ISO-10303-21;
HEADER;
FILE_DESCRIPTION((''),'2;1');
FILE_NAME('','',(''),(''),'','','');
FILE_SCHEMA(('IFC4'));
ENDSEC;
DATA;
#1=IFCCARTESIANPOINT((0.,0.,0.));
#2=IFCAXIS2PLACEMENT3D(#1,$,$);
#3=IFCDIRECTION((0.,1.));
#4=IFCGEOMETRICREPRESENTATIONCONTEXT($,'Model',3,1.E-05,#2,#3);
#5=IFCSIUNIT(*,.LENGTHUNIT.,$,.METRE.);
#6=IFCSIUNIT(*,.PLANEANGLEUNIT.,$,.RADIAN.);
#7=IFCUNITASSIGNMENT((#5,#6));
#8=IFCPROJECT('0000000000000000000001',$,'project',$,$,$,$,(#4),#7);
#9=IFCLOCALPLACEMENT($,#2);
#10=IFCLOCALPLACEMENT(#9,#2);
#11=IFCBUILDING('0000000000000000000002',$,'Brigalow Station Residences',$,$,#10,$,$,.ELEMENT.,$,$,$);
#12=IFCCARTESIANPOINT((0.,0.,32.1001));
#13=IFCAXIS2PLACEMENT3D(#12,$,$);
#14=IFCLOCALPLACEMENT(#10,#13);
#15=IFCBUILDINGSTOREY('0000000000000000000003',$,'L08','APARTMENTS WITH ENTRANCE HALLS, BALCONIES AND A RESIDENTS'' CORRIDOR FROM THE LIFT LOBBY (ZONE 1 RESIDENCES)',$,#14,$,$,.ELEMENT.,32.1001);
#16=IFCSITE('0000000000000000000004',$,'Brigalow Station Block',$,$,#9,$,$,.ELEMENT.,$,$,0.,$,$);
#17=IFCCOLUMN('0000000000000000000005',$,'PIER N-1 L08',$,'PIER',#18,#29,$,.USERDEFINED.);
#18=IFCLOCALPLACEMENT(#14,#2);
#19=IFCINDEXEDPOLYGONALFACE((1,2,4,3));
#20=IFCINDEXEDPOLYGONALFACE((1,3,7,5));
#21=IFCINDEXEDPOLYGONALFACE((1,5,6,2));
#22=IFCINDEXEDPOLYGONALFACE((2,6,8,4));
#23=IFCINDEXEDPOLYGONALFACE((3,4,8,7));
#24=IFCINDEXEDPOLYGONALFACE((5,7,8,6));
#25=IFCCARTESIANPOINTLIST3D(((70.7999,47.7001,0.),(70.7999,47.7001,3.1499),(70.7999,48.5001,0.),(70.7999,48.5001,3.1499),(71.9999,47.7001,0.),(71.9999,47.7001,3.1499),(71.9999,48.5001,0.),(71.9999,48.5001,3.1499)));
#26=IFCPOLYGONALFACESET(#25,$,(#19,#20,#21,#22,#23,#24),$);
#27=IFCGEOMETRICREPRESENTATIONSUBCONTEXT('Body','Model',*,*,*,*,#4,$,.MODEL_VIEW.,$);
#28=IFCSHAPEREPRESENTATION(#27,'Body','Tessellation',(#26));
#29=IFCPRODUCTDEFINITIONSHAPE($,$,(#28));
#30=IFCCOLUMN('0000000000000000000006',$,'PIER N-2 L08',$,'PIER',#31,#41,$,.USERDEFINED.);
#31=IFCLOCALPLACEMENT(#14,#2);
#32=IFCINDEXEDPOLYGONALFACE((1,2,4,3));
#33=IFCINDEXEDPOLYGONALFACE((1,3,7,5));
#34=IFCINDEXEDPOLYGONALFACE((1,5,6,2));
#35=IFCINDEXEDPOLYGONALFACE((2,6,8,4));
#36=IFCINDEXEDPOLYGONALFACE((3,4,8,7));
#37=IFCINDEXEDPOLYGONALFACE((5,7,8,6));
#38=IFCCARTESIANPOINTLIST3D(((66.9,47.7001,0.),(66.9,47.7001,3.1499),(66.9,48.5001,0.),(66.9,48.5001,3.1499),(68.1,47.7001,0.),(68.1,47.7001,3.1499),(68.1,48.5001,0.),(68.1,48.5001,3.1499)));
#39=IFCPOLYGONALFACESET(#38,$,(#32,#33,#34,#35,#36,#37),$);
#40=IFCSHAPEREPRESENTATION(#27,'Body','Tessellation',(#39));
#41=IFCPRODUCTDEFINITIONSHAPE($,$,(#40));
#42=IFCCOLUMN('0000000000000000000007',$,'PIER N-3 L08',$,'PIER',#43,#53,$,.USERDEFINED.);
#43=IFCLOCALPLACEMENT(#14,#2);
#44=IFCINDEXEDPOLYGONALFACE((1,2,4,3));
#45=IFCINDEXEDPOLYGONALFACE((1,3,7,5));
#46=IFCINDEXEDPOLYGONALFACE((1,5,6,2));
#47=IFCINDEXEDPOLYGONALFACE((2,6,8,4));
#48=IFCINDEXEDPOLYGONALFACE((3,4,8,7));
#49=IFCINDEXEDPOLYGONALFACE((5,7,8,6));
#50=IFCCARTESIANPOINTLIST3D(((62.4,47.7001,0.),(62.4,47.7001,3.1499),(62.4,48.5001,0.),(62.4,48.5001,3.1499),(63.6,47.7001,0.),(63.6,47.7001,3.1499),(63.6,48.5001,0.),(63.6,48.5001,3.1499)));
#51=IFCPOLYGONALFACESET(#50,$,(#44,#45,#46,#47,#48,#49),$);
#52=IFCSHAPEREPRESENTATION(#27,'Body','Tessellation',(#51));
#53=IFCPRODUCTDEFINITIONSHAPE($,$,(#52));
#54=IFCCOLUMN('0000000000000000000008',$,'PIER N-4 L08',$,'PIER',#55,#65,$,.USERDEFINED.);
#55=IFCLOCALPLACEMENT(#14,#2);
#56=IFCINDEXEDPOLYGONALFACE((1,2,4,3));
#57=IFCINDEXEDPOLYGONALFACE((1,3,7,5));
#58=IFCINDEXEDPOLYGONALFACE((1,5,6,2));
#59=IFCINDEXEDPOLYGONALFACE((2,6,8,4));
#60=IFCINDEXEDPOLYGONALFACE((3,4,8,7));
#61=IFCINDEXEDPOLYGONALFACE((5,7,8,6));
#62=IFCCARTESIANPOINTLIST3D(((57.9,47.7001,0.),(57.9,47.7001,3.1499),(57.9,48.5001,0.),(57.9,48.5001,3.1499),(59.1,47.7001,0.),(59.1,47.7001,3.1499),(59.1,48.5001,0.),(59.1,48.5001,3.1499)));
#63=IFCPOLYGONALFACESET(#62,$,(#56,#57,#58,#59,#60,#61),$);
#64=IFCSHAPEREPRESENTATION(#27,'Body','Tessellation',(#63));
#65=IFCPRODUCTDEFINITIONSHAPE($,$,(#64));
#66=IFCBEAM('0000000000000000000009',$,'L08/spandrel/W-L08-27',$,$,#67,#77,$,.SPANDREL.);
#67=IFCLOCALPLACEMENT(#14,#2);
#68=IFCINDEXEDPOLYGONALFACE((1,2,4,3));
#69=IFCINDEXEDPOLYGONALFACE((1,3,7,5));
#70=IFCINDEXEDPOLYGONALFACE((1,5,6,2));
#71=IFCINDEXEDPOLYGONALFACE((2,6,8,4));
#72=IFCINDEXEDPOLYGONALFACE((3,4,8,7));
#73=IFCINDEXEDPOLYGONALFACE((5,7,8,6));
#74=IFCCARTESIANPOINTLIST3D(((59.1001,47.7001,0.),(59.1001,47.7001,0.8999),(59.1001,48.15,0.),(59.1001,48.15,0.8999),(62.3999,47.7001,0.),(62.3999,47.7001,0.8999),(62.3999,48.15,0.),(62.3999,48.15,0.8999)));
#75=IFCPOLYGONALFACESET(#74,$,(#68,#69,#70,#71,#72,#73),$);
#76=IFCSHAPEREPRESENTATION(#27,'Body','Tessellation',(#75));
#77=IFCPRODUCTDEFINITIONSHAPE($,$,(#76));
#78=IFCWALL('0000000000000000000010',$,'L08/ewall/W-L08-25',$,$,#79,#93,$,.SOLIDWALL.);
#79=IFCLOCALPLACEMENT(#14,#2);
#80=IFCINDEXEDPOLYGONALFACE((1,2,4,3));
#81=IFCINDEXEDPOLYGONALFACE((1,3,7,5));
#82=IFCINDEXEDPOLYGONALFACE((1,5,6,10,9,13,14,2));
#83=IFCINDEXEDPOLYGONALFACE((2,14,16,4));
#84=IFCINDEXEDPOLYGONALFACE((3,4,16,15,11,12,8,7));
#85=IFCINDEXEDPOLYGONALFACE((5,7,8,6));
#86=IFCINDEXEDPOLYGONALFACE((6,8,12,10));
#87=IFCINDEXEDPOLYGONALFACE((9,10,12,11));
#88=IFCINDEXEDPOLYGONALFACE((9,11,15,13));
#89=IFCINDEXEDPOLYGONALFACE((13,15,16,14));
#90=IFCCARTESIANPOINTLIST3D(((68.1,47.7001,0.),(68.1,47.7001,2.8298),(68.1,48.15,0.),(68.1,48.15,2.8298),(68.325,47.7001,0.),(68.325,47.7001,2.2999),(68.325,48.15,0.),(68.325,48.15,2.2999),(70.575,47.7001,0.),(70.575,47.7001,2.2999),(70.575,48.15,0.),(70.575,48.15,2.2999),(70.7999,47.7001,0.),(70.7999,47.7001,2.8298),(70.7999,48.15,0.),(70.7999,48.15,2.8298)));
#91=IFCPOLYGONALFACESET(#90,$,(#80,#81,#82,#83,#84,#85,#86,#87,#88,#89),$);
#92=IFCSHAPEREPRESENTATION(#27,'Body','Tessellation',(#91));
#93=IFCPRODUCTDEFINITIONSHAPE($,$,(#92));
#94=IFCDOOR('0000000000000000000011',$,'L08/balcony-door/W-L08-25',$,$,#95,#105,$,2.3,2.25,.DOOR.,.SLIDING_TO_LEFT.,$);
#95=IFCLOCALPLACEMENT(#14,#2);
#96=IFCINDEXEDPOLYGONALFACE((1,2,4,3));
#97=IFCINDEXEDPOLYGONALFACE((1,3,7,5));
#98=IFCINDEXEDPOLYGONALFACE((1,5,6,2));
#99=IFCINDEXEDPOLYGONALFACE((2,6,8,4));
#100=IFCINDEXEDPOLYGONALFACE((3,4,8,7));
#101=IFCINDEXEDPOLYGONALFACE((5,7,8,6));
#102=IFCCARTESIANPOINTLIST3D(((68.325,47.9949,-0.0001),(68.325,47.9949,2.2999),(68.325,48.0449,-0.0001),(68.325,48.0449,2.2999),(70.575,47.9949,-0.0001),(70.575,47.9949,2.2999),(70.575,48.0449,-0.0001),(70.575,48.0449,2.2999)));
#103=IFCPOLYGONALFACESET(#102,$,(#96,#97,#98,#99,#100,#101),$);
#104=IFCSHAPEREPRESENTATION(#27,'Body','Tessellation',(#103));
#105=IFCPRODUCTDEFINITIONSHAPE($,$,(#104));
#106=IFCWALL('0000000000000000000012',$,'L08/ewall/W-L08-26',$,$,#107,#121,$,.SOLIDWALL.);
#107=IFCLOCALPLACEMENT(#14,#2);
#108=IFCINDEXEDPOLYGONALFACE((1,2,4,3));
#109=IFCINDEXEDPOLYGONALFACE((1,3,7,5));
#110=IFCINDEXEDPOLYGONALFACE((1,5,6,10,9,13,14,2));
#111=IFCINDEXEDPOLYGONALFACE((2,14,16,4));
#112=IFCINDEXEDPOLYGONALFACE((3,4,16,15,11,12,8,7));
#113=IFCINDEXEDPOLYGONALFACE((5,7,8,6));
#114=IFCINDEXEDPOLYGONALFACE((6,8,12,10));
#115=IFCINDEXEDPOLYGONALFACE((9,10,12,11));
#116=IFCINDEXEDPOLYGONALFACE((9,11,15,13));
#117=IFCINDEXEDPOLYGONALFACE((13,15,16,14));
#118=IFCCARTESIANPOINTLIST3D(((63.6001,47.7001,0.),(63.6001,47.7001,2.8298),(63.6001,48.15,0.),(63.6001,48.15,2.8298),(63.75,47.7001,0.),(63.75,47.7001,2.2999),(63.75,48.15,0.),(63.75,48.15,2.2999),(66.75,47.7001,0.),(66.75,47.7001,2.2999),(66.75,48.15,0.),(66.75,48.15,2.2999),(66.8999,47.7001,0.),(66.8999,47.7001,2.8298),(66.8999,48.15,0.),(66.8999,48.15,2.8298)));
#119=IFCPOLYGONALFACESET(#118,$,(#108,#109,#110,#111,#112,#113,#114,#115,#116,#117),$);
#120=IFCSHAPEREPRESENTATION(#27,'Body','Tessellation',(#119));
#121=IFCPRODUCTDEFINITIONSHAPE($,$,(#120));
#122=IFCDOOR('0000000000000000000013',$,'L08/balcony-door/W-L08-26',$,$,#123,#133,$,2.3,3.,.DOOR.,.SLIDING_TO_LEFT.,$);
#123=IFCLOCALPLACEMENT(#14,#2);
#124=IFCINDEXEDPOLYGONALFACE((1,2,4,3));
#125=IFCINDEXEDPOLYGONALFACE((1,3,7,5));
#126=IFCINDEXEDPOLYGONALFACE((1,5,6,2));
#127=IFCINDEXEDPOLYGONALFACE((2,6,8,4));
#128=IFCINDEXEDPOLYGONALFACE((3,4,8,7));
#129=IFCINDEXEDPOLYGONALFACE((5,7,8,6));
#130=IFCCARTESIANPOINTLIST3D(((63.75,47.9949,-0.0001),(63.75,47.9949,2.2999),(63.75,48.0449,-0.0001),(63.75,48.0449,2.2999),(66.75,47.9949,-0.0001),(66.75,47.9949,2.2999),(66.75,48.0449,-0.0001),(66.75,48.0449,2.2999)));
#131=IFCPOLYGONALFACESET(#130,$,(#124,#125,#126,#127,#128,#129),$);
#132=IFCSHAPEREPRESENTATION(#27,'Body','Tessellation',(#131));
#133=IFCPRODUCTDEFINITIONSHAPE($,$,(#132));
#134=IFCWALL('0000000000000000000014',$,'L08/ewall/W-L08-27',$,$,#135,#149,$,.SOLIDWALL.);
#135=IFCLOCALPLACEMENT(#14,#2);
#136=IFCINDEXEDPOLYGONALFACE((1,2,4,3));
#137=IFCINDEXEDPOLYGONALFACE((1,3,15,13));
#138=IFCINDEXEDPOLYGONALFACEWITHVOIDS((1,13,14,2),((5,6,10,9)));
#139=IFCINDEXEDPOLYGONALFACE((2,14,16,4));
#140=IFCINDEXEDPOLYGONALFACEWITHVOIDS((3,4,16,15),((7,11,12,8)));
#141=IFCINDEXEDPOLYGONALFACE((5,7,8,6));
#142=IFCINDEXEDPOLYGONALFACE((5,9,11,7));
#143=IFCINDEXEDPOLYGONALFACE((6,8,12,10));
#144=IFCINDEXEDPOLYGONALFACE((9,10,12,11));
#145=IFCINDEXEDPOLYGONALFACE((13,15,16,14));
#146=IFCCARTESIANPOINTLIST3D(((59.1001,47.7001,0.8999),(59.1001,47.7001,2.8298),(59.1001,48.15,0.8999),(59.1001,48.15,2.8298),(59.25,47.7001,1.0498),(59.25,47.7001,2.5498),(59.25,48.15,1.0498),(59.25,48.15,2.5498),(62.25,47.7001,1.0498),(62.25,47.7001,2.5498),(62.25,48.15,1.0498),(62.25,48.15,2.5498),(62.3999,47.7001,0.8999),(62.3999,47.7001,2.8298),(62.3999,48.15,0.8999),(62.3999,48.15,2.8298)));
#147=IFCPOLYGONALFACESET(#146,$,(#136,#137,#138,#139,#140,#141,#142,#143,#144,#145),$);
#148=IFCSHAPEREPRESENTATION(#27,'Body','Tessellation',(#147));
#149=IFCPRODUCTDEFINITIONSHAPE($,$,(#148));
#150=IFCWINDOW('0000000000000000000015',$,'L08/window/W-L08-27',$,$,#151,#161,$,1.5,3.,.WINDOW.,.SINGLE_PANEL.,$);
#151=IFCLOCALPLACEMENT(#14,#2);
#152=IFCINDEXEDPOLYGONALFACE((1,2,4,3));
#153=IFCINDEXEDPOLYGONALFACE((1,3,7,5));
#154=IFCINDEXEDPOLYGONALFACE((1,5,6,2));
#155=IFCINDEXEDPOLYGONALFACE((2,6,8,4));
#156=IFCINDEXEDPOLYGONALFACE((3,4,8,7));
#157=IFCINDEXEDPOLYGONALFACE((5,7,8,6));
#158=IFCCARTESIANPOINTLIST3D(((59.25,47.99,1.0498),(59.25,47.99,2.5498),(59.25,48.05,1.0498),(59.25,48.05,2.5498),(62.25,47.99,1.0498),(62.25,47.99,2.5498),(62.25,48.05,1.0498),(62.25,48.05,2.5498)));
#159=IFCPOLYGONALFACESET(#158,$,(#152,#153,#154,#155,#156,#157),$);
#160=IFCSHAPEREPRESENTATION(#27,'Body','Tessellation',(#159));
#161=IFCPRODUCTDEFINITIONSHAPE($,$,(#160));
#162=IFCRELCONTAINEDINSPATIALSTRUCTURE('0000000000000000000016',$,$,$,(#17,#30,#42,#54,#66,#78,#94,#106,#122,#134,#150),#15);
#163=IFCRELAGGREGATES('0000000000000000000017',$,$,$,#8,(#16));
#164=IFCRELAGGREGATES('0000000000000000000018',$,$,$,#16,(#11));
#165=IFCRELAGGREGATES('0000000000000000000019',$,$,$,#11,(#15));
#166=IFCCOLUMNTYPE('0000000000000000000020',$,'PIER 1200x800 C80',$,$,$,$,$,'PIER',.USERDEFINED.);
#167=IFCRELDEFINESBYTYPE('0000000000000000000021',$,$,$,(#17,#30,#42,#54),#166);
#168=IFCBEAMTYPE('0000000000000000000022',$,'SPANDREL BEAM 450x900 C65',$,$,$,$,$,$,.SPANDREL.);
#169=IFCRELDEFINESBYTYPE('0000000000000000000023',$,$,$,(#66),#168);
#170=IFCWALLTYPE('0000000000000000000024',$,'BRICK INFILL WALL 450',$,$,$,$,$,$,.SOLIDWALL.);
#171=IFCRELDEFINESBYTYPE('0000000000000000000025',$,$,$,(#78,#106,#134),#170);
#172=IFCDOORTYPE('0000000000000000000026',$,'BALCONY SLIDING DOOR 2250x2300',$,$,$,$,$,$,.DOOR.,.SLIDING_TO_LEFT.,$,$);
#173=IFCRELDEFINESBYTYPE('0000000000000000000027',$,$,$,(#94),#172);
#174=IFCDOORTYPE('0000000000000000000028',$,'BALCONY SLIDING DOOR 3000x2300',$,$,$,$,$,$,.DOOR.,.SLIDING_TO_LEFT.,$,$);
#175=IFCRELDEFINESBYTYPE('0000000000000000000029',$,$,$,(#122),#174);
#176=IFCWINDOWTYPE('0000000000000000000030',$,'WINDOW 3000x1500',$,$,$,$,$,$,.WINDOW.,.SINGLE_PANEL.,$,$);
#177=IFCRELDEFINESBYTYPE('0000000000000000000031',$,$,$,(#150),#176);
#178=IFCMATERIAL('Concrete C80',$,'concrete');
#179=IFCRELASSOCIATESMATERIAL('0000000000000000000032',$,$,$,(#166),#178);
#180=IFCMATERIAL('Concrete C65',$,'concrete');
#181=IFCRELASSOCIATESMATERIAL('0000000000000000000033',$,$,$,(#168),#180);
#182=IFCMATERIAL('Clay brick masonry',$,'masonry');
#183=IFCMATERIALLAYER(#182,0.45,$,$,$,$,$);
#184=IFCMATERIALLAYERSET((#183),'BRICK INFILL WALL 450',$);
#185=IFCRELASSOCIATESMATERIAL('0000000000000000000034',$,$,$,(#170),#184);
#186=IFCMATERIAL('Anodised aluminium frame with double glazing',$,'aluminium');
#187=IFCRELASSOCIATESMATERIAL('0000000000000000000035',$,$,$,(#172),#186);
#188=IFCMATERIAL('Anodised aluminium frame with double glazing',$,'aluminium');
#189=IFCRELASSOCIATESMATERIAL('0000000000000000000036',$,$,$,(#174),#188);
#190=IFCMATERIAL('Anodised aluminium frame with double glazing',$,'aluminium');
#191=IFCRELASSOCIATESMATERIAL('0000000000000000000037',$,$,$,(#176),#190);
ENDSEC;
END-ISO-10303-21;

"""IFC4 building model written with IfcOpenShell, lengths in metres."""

from ifc_helpers import new_model, si_unit, direction, frame, frame_2d, origin, origin_2d, place, context, subcontext, project, spatial, rectangle, extrude, material, layer, layer_set, material_profile, profile_set, type_object, element, fill, save


model = new_model("IFC4")

# Units and contexts
model_context = context("Model", 3, precision=1e-05, world=origin(), true_north=direction((0.0, 1.0)))
body_context = subcontext(model_context, "Body", "Model", "MODEL_VIEW")
ifc_project = project(units=[si_unit("LENGTHUNIT", "METRE"), si_unit("PLANEANGLEUNIT", "RADIAN")], contexts=[model_context])

# Site, building, storey
site_placement = place(None, origin())
site = spatial("IfcSite", under=ifc_project, at=site_placement, Name="Brigalow Station Block", CompositionType="ELEMENT", RefElevation=0.0)
building_placement = place(site_placement, origin())
building = spatial("IfcBuilding", under=site, at=building_placement, Name="Brigalow Station Residences", CompositionType="ELEMENT")
storey_placement = place(building_placement, frame((0.0, 0.0, 32.1001)))
storey = spatial("IfcBuildingStorey", under=building, at=storey_placement, Name="L08", Description="APARTMENTS WITH ENTRANCE HALLS, BALCONIES AND A RESIDENTS' CORRIDOR FROM THE LIFT LOBBY (ZONE 1 RESIDENCES)", CompositionType="ELEMENT", Elevation=32.1001)

# Columns
ifc_material_1 = material(Name="Concrete C80", Category="concrete")
ifc_material_profile_1 = material_profile(ifc_material_1, rectangle(XDim=1.2, YDim=0.8, at=origin_2d()), Name="RC1200x800")
ifc_profile_set_1 = profile_set([ifc_material_profile_1], Name="Concrete C80")
column_type = type_object("IfcColumnType", Name="PIER 1200x800 C80", ElementType="PIER", PredefinedType="USERDEFINED", material=ifc_profile_set_1)
for number, where, z_axis, x_axis, name in (
    (1, (71.3999, 48.1001, 0.0), (0.0, 0.0, 1.0), (-1.0, 0.0, 0.0), "PIER N-1 L08"),
    (2, (67.5, 48.1001, 0.0), (0.0, 0.0, 1.0), (-1.0, 0.0, 0.0), "PIER N-2 L08"),
    (3, (63.0, 48.1001, 0.0), (0.0, 0.0, 1.0), (-1.0, 0.0, 0.0), "PIER N-3 L08"),
    (4, (58.5, 48.1001, 0.0), (0.0, 0.0, 1.0), (-1.0, 0.0, 0.0), "PIER N-4 L08"),
):
    element("IfcColumn", number, at=place(storey_placement, frame(where, z_axis=z_axis, x_axis=x_axis)), inside=storey, type_object=column_type, Name=name, ObjectType="PIER", PredefinedType="USERDEFINED", context=body_context, shape_type="SweptSolid", body=[
        extrude(rectangle(XDim=1.2, YDim=0.8, at=origin_2d()), origin(), (0.0, 0.0, 1.0), 3.1499),
    ])

# Beam
ifc_material_2 = material(Name="Concrete C65", Category="concrete")
ifc_material_profile_2 = material_profile(ifc_material_2, rectangle(XDim=0.45, YDim=0.8999, at=origin_2d()), Name="RC450x900")
ifc_profile_set_2 = profile_set([ifc_material_profile_2], Name="Concrete C65")
beam_type = type_object("IfcBeamType", Name="SPANDREL BEAM 450x900 C65", PredefinedType="SPANDREL", material=ifc_profile_set_2)
beam_placement = place(storey_placement, frame((62.3999, 47.925, 0.45), z_axis=(-1.0, 0.0, 0.0), x_axis=(0.0, -1.0, 0.0)))
element("IfcBeam", 5, at=beam_placement, inside=storey, type_object=beam_type, Name="L08/spandrel/W-L08-27", PredefinedType="SPANDREL", context=body_context, shape_type="SweptSolid", body=[
    extrude(rectangle(XDim=0.45, YDim=0.8999, at=origin_2d()), origin(), (0.0, 0.0, 1.0), 3.2998),
])

# Walls, openings, doors
ifc_material_3 = material(Name="Clay brick masonry", Category="masonry")
ifc_layer_1 = layer(ifc_material_3, 0.45)
ifc_layer_set_1 = layer_set([ifc_layer_1], Name="BRICK INFILL WALL 450")
wall_type_1 = type_object("IfcWallType", Name="BRICK INFILL WALL 450", PredefinedType="SOLIDWALL", material=ifc_layer_set_1)
wall_1_placement = place(storey_placement, frame((70.8, 47.925, 0.0), z_axis=(0.0, 0.0, 1.0), x_axis=(-1.0, 0.0, 0.0)))
wall_1 = element("IfcWall", 6, at=wall_1_placement, inside=storey, type_object=wall_type_1, Name="L08/ewall/W-L08-25", PredefinedType="SOLIDWALL", context=body_context, shape_type="SweptSolid", body=[
    extrude(rectangle(XDim=2.7, YDim=0.45, at=frame_2d((1.3501, 0.0))), origin(), (0.0, 0.0, 1.0), 2.8298),
])
opening_1_placement = place(wall_1_placement, frame((0.2251, 0.0, 0.0)))
opening_1 = element("IfcOpeningElement", 7, at=opening_1_placement, cuts=wall_1, PredefinedType="OPENING", context=body_context, shape_type="SweptSolid", body=[
    extrude(rectangle(XDim=2.25, YDim=2.3, at=frame_2d((1.125, 1.1499))), frame((0.0, 0.2349, 0.0), z_axis=(0.0, -1.0, 0.0), x_axis=(1.0, 0.0, 0.0)), (0.0, 0.0, 1.0), 0.47),
])
ifc_material_4 = material(Name="Anodised aluminium frame with double glazing", Category="aluminium")
door_type_1 = type_object("IfcDoorType", Name="BALCONY SLIDING DOOR 2250x2300", OperationType="SLIDING_TO_LEFT", PredefinedType="DOOR", material=ifc_material_4)
door_1_placement = place(opening_1_placement, origin())
door_1 = element("IfcDoor", 8, at=door_1_placement, inside=storey, type_object=door_type_1, Name="L08/balcony-door/W-L08-25", OperationType="SLIDING_TO_LEFT", OverallHeight=2.3, OverallWidth=2.25, PredefinedType="DOOR", context=body_context, shape_type="SweptSolid", body=[
    extrude(rectangle(XDim=2.25, YDim=2.3, at=frame_2d((1.125, 1.1499))), frame((0.0, -0.0698, 0.0), z_axis=(0.0, -1.0, 0.0), x_axis=(1.0, 0.0, 0.0)), (0.0, 0.0, 1.0), 0.05),
])
fill(opening_1, door_1)
wall_2_placement = place(storey_placement, frame((66.8999, 47.925, 0.0), z_axis=(0.0, 0.0, 1.0), x_axis=(-1.0, 0.0, 0.0)))
wall_2 = element("IfcWall", 9, at=wall_2_placement, inside=storey, type_object=wall_type_1, Name="L08/ewall/W-L08-26", PredefinedType="SOLIDWALL", context=body_context, shape_type="SweptSolid", body=[
    extrude(rectangle(XDim=3.2998, YDim=0.45, at=frame_2d((1.6499, 0.0))), origin(), (0.0, 0.0, 1.0), 2.8298),
])
opening_2_placement = place(wall_2_placement, frame((0.1499, 0.0, 0.0)))
opening_2 = element("IfcOpeningElement", 10, at=opening_2_placement, cuts=wall_2, PredefinedType="OPENING", context=body_context, shape_type="SweptSolid", body=[
    extrude(rectangle(XDim=3.0, YDim=2.3, at=frame_2d((1.5, 1.1499))), frame((0.0, 0.2349, 0.0), z_axis=(0.0, -1.0, 0.0), x_axis=(1.0, 0.0, 0.0)), (0.0, 0.0, 1.0), 0.47),
])
ifc_material_5 = material(Name="Anodised aluminium frame with double glazing", Category="aluminium")
door_type_2 = type_object("IfcDoorType", Name="BALCONY SLIDING DOOR 3000x2300", OperationType="SLIDING_TO_LEFT", PredefinedType="DOOR", material=ifc_material_5)
door_2_placement = place(opening_2_placement, origin())
door_2 = element("IfcDoor", 11, at=door_2_placement, inside=storey, type_object=door_type_2, Name="L08/balcony-door/W-L08-26", OperationType="SLIDING_TO_LEFT", OverallHeight=2.3, OverallWidth=3.0, PredefinedType="DOOR", context=body_context, shape_type="SweptSolid", body=[
    extrude(rectangle(XDim=3.0, YDim=2.3, at=frame_2d((1.5, 1.1499))), frame((0.0, -0.0698, 0.0), z_axis=(0.0, -1.0, 0.0), x_axis=(1.0, 0.0, 0.0)), (0.0, 0.0, 1.0), 0.05),
])
fill(opening_2, door_2)

# Wall, opening, window
wall_3_placement = place(storey_placement, frame((62.3999, 47.925, 0.8999), z_axis=(0.0, 0.0, 1.0), x_axis=(-1.0, 0.0, 0.0)))
wall_3 = element("IfcWall", 12, at=wall_3_placement, inside=storey, type_object=wall_type_1, Name="L08/ewall/W-L08-27", PredefinedType="SOLIDWALL", context=body_context, shape_type="SweptSolid", body=[
    extrude(rectangle(XDim=3.2998, YDim=0.45, at=frame_2d((1.6499, 0.0))), origin(), (0.0, 0.0, 1.0), 1.9299),
])
opening_3_placement = place(wall_3_placement, frame((0.1499, 0.0, 0.1499)))
opening_3 = element("IfcOpeningElement", 13, at=opening_3_placement, cuts=wall_3, PredefinedType="OPENING", context=body_context, shape_type="SweptSolid", body=[
    extrude(rectangle(XDim=3.0, YDim=1.5, at=frame_2d((1.5, 0.75))), frame((0.0, 0.2349, 0.0), z_axis=(0.0, -1.0, 0.0), x_axis=(1.0, 0.0, 0.0)), (0.0, 0.0, 1.0), 0.47),
])
ifc_material_6 = material(Name="Anodised aluminium frame with double glazing", Category="aluminium")
window_type = type_object("IfcWindowType", Name="WINDOW 3000x1500", PartitioningType="SINGLE_PANEL", PredefinedType="WINDOW", material=ifc_material_6)
window_1_placement = place(opening_3_placement, origin())
window_1 = element("IfcWindow", 14, at=window_1_placement, inside=storey, type_object=window_type, Name="L08/window/W-L08-27", OverallHeight=1.5, OverallWidth=3.0, PartitioningType="SINGLE_PANEL", PredefinedType="WINDOW", context=body_context, shape_type="SweptSolid", body=[
    extrude(rectangle(XDim=3.0, YDim=1.5, at=frame_2d((1.5, 0.75))), frame((0.0, -0.0649, 0.0), z_axis=(0.0, -1.0, 0.0), x_axis=(1.0, 0.0, 0.0)), (0.0, 0.0, 1.0), 0.0601),
])
fill(opening_3, window_1)

save(model, "model.ifc")
